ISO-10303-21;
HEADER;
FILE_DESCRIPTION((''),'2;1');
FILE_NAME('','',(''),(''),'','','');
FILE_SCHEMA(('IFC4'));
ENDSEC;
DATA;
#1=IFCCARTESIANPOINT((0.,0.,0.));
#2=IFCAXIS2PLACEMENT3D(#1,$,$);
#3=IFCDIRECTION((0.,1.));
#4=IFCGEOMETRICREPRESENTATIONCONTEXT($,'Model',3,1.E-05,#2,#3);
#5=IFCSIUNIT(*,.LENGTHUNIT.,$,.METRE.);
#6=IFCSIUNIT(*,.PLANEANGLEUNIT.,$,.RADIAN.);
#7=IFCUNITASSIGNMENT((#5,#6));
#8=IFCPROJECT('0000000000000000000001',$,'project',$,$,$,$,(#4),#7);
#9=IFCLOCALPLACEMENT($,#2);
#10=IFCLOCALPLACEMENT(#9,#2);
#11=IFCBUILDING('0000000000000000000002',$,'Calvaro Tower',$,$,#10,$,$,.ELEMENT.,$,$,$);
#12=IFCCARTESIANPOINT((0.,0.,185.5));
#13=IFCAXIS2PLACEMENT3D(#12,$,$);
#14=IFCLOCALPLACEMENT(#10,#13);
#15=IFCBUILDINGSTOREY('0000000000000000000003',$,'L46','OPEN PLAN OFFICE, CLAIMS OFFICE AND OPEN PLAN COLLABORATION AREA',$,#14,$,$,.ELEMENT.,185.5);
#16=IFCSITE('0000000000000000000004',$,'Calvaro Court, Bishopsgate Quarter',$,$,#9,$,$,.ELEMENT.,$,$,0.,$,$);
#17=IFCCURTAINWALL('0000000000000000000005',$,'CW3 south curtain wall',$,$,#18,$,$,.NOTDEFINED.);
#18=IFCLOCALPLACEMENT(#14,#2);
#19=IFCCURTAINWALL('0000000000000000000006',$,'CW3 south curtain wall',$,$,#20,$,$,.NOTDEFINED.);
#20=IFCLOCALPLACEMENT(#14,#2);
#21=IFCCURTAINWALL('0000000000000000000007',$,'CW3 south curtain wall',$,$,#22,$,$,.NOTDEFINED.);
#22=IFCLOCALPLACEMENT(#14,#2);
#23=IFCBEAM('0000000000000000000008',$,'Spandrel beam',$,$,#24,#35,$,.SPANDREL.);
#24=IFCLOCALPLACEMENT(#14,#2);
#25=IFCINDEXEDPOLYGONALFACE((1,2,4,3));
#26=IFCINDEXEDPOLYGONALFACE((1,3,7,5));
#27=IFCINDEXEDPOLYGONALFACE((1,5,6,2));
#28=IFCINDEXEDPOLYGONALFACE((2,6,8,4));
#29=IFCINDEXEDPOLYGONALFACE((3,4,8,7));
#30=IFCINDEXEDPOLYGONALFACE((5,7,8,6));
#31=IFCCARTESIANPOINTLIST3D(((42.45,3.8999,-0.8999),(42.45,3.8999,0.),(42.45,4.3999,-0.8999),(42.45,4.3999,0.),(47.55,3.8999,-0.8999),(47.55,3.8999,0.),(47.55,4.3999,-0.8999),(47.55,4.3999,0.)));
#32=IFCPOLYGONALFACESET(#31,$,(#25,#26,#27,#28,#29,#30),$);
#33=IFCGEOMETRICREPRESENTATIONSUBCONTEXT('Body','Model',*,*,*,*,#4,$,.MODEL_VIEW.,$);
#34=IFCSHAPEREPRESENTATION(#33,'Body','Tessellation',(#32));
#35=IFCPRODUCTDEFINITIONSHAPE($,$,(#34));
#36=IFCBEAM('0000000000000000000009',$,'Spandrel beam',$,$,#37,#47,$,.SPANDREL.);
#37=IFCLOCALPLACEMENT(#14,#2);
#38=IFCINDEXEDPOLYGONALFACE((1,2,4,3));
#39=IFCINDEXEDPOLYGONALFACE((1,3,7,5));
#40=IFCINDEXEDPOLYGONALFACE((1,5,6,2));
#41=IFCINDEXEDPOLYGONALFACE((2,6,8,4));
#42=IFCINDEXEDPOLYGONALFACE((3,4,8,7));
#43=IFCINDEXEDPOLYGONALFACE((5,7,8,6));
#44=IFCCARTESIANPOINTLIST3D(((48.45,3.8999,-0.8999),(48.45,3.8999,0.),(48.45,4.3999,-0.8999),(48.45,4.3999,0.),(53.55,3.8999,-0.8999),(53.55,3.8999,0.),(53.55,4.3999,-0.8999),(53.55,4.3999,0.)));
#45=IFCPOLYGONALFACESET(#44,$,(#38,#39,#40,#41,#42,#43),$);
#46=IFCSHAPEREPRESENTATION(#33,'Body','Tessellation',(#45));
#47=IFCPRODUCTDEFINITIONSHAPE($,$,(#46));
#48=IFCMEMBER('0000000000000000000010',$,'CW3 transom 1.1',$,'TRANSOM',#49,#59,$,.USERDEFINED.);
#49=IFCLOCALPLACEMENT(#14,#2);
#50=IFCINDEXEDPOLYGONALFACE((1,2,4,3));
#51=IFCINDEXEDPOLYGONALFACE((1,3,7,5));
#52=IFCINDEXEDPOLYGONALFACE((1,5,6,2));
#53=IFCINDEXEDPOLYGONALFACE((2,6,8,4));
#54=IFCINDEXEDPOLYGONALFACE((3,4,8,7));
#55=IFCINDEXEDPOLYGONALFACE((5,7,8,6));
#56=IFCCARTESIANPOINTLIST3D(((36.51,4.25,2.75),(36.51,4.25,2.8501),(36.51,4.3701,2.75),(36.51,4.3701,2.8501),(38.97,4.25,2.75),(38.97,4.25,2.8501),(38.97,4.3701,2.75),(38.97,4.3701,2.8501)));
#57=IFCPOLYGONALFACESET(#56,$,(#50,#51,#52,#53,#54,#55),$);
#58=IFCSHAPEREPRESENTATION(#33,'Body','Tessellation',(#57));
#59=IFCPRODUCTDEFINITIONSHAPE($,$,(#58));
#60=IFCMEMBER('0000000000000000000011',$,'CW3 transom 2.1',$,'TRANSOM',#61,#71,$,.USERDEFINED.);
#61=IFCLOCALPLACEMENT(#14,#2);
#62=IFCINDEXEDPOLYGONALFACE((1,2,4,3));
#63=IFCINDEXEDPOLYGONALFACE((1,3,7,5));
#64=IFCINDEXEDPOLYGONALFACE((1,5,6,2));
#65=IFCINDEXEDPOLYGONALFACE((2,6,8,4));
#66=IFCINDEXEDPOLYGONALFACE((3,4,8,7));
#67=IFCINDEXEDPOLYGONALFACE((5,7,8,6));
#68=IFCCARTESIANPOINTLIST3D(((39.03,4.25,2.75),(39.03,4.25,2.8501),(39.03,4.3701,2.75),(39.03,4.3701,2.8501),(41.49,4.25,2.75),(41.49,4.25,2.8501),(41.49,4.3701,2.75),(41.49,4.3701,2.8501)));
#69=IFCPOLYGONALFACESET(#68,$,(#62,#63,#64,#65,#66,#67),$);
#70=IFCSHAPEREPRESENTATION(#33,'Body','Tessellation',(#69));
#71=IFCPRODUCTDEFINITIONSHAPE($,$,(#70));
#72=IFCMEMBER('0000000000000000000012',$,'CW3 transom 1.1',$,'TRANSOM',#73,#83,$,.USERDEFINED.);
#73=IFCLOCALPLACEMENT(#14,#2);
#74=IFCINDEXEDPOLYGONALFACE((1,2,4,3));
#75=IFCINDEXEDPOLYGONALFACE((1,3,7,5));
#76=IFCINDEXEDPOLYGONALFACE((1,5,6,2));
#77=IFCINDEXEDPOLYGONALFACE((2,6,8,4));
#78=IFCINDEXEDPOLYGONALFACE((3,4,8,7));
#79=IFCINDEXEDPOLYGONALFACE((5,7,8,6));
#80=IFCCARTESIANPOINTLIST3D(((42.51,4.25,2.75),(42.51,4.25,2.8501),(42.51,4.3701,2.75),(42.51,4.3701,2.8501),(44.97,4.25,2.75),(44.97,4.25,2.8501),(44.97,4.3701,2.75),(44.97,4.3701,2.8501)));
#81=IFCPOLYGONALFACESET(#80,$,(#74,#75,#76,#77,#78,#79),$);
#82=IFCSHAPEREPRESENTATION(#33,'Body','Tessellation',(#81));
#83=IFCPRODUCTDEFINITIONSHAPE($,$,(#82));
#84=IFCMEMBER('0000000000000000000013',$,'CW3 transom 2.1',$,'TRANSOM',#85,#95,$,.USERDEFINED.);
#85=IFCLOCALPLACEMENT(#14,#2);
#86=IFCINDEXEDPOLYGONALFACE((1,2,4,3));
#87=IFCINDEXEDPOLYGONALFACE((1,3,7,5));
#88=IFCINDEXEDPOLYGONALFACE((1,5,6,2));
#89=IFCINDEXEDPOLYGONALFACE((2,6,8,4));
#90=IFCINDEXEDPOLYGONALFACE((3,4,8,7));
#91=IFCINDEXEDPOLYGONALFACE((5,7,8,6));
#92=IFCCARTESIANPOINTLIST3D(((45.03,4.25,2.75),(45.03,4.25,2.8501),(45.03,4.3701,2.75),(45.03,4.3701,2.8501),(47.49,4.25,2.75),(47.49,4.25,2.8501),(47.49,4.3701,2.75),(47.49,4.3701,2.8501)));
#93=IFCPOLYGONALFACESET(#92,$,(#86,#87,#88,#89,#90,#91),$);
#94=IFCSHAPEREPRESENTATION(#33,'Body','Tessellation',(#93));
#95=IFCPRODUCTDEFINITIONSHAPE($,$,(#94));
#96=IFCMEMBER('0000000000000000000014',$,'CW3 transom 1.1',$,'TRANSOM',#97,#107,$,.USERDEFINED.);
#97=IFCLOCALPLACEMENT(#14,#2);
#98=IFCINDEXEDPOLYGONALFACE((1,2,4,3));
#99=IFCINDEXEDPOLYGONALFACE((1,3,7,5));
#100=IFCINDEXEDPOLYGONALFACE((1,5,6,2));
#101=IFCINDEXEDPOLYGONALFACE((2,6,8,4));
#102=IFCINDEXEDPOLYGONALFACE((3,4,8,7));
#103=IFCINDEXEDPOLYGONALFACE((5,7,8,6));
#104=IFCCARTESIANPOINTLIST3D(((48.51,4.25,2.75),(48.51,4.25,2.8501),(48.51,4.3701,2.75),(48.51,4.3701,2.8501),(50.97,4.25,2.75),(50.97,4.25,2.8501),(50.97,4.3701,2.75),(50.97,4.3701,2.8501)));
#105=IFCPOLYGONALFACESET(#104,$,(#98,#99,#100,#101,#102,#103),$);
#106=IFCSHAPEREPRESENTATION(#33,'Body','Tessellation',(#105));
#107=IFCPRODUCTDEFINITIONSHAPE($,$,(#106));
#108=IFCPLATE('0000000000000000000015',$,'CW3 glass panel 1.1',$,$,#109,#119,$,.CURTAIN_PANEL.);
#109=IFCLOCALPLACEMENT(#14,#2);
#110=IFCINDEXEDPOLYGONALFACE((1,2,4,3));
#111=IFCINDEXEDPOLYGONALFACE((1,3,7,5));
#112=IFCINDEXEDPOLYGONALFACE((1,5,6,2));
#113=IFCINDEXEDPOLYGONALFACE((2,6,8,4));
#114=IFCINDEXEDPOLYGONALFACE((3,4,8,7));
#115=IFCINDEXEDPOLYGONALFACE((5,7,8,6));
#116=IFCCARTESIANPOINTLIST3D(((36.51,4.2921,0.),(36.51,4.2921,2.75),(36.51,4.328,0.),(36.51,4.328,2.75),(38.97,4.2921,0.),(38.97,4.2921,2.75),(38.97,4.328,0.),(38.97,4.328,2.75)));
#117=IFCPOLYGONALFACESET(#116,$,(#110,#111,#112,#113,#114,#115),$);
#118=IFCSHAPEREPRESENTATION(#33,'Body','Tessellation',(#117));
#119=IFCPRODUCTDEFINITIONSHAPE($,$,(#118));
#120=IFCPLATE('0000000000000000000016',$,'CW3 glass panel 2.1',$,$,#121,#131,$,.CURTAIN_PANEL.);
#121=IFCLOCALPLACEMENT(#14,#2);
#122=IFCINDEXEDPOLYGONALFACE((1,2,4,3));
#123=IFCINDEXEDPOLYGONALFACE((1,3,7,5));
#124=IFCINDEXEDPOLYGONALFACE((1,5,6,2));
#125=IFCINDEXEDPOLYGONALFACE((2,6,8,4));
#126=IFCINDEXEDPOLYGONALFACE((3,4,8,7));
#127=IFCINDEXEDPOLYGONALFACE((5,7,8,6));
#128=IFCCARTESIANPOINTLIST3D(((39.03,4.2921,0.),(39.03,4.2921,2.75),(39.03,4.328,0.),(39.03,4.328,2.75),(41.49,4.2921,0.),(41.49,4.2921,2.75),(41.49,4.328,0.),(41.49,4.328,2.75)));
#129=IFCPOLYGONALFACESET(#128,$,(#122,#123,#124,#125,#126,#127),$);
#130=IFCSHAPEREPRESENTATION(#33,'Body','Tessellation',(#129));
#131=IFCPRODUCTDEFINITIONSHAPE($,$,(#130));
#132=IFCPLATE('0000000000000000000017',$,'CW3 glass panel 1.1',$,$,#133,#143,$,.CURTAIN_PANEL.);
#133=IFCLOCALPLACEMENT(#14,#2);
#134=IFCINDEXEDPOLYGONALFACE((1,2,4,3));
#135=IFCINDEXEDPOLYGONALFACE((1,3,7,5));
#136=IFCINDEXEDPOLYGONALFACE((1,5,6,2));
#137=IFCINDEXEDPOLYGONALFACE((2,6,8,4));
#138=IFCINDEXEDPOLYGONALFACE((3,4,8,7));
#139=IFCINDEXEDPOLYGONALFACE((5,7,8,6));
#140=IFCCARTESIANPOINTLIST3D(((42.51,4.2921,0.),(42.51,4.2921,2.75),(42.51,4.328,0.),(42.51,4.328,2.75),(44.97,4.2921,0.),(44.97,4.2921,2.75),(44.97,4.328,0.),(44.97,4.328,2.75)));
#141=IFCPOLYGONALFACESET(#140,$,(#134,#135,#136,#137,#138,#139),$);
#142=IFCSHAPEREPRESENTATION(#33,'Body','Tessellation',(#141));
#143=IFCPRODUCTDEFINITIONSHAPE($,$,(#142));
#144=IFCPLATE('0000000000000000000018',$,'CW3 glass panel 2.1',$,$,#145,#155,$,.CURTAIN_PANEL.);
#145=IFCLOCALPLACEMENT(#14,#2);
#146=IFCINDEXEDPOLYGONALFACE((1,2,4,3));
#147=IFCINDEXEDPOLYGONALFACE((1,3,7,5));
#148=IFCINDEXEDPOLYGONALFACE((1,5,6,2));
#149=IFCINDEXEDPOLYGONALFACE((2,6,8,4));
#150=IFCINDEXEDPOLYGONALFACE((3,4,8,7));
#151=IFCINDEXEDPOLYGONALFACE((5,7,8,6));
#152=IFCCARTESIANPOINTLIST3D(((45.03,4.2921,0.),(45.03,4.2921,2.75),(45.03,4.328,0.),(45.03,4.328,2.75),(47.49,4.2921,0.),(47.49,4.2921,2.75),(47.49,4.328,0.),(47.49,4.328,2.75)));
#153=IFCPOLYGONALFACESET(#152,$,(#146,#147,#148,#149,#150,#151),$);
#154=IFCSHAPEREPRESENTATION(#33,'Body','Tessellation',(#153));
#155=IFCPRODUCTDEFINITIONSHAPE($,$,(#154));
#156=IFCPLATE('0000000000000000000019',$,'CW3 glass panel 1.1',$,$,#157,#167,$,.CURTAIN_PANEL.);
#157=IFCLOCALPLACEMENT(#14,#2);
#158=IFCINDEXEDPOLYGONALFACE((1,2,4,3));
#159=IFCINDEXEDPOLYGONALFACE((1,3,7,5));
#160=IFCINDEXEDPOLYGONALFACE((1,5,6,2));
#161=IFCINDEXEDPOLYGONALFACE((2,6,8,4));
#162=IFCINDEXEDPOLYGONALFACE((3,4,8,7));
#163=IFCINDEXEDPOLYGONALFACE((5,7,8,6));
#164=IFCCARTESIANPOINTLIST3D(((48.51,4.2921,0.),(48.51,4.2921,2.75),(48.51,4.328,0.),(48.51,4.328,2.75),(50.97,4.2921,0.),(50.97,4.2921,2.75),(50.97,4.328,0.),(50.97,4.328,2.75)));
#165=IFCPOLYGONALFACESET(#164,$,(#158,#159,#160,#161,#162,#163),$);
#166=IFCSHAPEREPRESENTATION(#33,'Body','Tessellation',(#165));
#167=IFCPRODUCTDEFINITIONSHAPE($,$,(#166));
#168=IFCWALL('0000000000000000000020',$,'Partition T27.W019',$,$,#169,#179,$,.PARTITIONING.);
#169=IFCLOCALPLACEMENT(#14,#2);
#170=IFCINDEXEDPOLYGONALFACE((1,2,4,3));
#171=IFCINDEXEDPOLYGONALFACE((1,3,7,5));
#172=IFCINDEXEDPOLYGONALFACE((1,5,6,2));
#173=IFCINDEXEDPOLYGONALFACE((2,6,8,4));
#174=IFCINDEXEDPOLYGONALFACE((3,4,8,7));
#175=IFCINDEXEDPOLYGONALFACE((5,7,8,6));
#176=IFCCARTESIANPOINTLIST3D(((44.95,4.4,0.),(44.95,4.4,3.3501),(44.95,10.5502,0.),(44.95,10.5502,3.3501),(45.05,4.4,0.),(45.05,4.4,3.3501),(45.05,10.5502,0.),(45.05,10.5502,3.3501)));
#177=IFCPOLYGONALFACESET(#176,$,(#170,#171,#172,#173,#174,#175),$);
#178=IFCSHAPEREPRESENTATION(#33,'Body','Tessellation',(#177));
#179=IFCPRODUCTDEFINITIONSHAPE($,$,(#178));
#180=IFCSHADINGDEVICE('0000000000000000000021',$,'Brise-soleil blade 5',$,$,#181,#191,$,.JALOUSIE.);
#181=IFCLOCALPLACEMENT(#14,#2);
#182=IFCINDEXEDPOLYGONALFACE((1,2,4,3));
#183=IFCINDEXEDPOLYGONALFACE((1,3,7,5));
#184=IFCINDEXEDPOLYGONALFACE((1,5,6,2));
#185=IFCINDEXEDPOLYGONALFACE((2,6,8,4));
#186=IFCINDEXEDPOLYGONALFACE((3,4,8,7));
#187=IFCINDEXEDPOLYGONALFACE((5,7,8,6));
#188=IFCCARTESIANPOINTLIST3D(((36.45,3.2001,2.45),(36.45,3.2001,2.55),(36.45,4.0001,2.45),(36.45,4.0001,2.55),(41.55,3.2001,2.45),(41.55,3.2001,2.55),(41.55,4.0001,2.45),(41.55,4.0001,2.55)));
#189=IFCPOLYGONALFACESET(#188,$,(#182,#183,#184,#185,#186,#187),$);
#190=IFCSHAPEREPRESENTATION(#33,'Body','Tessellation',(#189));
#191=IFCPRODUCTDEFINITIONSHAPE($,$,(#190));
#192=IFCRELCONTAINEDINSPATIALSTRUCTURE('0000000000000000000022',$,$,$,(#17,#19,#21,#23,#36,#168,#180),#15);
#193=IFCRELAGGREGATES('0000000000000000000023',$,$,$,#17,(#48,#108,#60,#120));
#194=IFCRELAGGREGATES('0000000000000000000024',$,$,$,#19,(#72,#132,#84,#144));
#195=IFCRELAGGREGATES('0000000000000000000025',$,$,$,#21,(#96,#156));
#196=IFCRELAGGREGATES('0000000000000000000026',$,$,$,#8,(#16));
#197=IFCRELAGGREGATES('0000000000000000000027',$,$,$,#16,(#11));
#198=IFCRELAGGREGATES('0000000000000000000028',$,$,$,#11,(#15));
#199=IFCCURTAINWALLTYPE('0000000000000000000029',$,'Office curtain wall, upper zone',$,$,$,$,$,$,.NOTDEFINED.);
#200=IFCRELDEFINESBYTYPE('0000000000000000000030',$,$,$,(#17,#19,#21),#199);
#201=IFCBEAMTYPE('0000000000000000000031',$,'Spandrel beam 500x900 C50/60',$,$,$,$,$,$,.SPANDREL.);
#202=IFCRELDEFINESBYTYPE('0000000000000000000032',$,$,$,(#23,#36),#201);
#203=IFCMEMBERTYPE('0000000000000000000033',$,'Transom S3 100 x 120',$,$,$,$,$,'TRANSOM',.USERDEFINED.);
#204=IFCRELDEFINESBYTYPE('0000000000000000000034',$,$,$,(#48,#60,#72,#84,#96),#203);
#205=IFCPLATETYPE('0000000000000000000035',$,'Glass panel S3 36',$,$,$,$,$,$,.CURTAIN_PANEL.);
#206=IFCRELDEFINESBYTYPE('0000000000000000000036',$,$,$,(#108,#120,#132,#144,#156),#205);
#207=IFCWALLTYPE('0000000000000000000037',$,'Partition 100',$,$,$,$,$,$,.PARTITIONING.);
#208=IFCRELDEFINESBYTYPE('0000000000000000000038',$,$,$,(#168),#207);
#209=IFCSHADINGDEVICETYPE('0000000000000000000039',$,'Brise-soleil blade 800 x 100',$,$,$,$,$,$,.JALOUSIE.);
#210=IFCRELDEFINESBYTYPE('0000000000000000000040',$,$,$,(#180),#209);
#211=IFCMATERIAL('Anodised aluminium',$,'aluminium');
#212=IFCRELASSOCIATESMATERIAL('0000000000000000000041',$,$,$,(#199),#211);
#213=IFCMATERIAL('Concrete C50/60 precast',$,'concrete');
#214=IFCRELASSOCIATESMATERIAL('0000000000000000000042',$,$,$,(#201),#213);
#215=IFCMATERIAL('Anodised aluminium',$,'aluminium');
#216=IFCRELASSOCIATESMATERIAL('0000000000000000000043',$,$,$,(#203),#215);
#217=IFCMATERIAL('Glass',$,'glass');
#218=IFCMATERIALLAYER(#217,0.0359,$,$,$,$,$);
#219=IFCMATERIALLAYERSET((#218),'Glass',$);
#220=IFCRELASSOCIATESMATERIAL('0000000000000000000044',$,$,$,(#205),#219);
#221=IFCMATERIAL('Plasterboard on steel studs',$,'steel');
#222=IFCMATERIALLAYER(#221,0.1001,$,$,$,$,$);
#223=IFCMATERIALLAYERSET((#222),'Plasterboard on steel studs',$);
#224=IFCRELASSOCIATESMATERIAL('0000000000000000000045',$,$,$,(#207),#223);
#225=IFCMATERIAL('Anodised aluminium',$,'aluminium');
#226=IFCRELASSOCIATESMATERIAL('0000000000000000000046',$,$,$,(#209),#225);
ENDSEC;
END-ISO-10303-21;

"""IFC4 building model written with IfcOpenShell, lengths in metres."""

from ifc_helpers import new_model, si_unit, direction, frame, frame_2d, origin, origin_2d, place, context, subcontext, project, spatial, rectangle, extrude, material, layer, layer_set, material_profile, profile_set, type_object, element, aggregate, save


model = new_model("IFC4")

# Units and contexts
model_context = context("Model", 3, precision=1e-05, world=origin(), true_north=direction((0.0, 1.0)))
body_context = subcontext(model_context, "Body", "Model", "MODEL_VIEW")
ifc_project = project(units=[si_unit("LENGTHUNIT", "METRE"), si_unit("PLANEANGLEUNIT", "RADIAN")], contexts=[model_context])

# Site, building, storey
site_placement = place(None, origin())
site = spatial("IfcSite", under=ifc_project, at=site_placement, Name="Calvaro Court, Bishopsgate Quarter", CompositionType="ELEMENT", RefElevation=0.0)
building_placement = place(site_placement, origin())
building = spatial("IfcBuilding", under=site, at=building_placement, Name="Calvaro Tower", CompositionType="ELEMENT")
storey_placement = place(building_placement, frame((0.0, 0.0, 185.5)))
storey = spatial("IfcBuildingStorey", under=building, at=storey_placement, Name="L46", Description="OPEN PLAN OFFICE, CLAIMS OFFICE AND OPEN PLAN COLLABORATION AREA", CompositionType="ELEMENT", Elevation=185.5)

# Shared definitions
ifc_material_1 = material(Name="Anodised aluminium", Category="aluminium")
curtain_wall_type = type_object("IfcCurtainWallType", Name="Office curtain wall, upper zone", PredefinedType="NOTDEFINED", material=ifc_material_1)

# Curtain walls
curtain_wall_1_placement = place(storey_placement, origin())
curtain_wall_1 = element("IfcCurtainWall", 1, at=curtain_wall_1_placement, inside=storey, type_object=curtain_wall_type, Name="CW3 south curtain wall", PredefinedType="NOTDEFINED")
curtain_wall_2_placement = place(storey_placement, origin())
curtain_wall_2 = element("IfcCurtainWall", 2, at=curtain_wall_2_placement, inside=storey, type_object=curtain_wall_type, Name="CW3 south curtain wall", PredefinedType="NOTDEFINED")
curtain_wall_3_placement = place(storey_placement, origin())
curtain_wall_3 = element("IfcCurtainWall", 3, at=curtain_wall_3_placement, inside=storey, type_object=curtain_wall_type, Name="CW3 south curtain wall", PredefinedType="NOTDEFINED")

# Beams
ifc_material_2 = material(Name="Concrete C50/60 precast", Category="concrete")
ifc_material_profile_1 = material_profile(ifc_material_2, rectangle(XDim=0.5, YDim=0.8999, at=origin_2d()), Name="RC 500x900")
ifc_profile_set_1 = profile_set([ifc_material_profile_1], Name="Concrete C50/60 precast")
beam_type = type_object("IfcBeamType", Name="Spandrel beam 500x900 C50/60", PredefinedType="SPANDREL", material=ifc_profile_set_1)
for number, where, z_axis, x_axis, name in (
    (4, (42.45, 4.1499, -0.45), (1.0, 0.0, 0.0), (0.0, 1.0, 0.0), "Spandrel beam"),
    (5, (48.45, 4.1499, -0.45), (1.0, 0.0, 0.0), (0.0, 1.0, 0.0), "Spandrel beam"),
):
    element("IfcBeam", number, at=place(storey_placement, frame(where, z_axis=z_axis, x_axis=x_axis)), inside=storey, type_object=beam_type, Name=name, PredefinedType="SPANDREL", context=body_context, shape_type="SweptSolid", body=[
        extrude(rectangle(XDim=0.5, YDim=0.8999, at=origin_2d()), origin(), (0.0, 0.0, 1.0), 5.1001),
    ])

# Members
ifc_material_3 = material(Name="Anodised aluminium", Category="aluminium")
ifc_material_profile_2 = material_profile(ifc_material_3, rectangle(XDim=0.1201, YDim=0.1001, at=origin_2d()), Name="Transom S3 100 x 120")
ifc_profile_set_2 = profile_set([ifc_material_profile_2], Name="Anodised aluminium")
member_type_1 = type_object("IfcMemberType", Name="Transom S3 100 x 120", ElementType="TRANSOM", PredefinedType="USERDEFINED", material=ifc_profile_set_2)
member_1_placement = place(storey_placement, frame((36.51, 4.3101, 2.8), z_axis=(1.0, 0.0, 0.0), x_axis=(0.0, 1.0, 0.0)))
member_1 = element("IfcMember", 6, at=member_1_placement, type_object=member_type_1, Name="CW3 transom 1.1", ObjectType="TRANSOM", PredefinedType="USERDEFINED", context=body_context, shape_type="SweptSolid", body=[
    extrude(rectangle(XDim=0.1201, YDim=0.1001, at=origin_2d()), origin(), (0.0, 0.0, 1.0), 2.46),
])
member_2_placement = place(storey_placement, frame((39.03, 4.3101, 2.8), z_axis=(1.0, 0.0, 0.0), x_axis=(0.0, 1.0, 0.0)))
member_2 = element("IfcMember", 7, at=member_2_placement, type_object=member_type_1, Name="CW3 transom 2.1", ObjectType="TRANSOM", PredefinedType="USERDEFINED", context=body_context, shape_type="SweptSolid", body=[
    extrude(rectangle(XDim=0.1201, YDim=0.1001, at=origin_2d()), origin(), (0.0, 0.0, 1.0), 2.46),
])
member_3_placement = place(storey_placement, frame((42.51, 4.3101, 2.8), z_axis=(1.0, 0.0, 0.0), x_axis=(0.0, 1.0, 0.0)))
member_3 = element("IfcMember", 8, at=member_3_placement, type_object=member_type_1, Name="CW3 transom 1.1", ObjectType="TRANSOM", PredefinedType="USERDEFINED", context=body_context, shape_type="SweptSolid", body=[
    extrude(rectangle(XDim=0.1201, YDim=0.1001, at=origin_2d()), origin(), (0.0, 0.0, 1.0), 2.46),
])
member_4_placement = place(storey_placement, frame((45.03, 4.3101, 2.8), z_axis=(1.0, 0.0, 0.0), x_axis=(0.0, 1.0, 0.0)))
member_4 = element("IfcMember", 9, at=member_4_placement, type_object=member_type_1, Name="CW3 transom 2.1", ObjectType="TRANSOM", PredefinedType="USERDEFINED", context=body_context, shape_type="SweptSolid", body=[
    extrude(rectangle(XDim=0.1201, YDim=0.1001, at=origin_2d()), origin(), (0.0, 0.0, 1.0), 2.46),
])
member_5_placement = place(storey_placement, frame((48.51, 4.3101, 2.8), z_axis=(1.0, 0.0, 0.0), x_axis=(0.0, 1.0, 0.0)))
member_5 = element("IfcMember", 10, at=member_5_placement, type_object=member_type_1, Name="CW3 transom 1.1", ObjectType="TRANSOM", PredefinedType="USERDEFINED", context=body_context, shape_type="SweptSolid", body=[
    extrude(rectangle(XDim=0.1201, YDim=0.1001, at=origin_2d()), origin(), (0.0, 0.0, 1.0), 2.46),
])

# Plates
ifc_material_4 = material(Name="Glass", Category="glass")
ifc_layer_1 = layer(ifc_material_4, 0.0359)
ifc_layer_set_1 = layer_set([ifc_layer_1], Name="Glass")
plate_type = type_object("IfcPlateType", Name="Glass panel S3 36", PredefinedType="CURTAIN_PANEL", material=ifc_layer_set_1)
plate_1_placement = place(storey_placement, frame((37.74, 4.3101, 0.0), z_axis=(0.0, 0.0, 1.0), x_axis=(1.0, 0.0, 0.0)))
plate_1 = element("IfcPlate", 11, at=plate_1_placement, type_object=plate_type, Name="CW3 glass panel 1.1", PredefinedType="CURTAIN_PANEL", context=body_context, shape_type="SweptSolid", body=[
    extrude(rectangle(XDim=2.46, YDim=0.0359, at=origin_2d()), origin(), (0.0, 0.0, 1.0), 2.75),
])
plate_2_placement = place(storey_placement, frame((40.26, 4.3101, 0.0), z_axis=(0.0, 0.0, 1.0), x_axis=(1.0, 0.0, 0.0)))
plate_2 = element("IfcPlate", 12, at=plate_2_placement, type_object=plate_type, Name="CW3 glass panel 2.1", PredefinedType="CURTAIN_PANEL", context=body_context, shape_type="SweptSolid", body=[
    extrude(rectangle(XDim=2.46, YDim=0.0359, at=origin_2d()), origin(), (0.0, 0.0, 1.0), 2.75),
])
aggregate(curtain_wall_1, [member_1, plate_1, member_2, plate_2])
plate_3_placement = place(storey_placement, frame((43.74, 4.3101, 0.0), z_axis=(0.0, 0.0, 1.0), x_axis=(1.0, 0.0, 0.0)))
plate_3 = element("IfcPlate", 13, at=plate_3_placement, type_object=plate_type, Name="CW3 glass panel 1.1", PredefinedType="CURTAIN_PANEL", context=body_context, shape_type="SweptSolid", body=[
    extrude(rectangle(XDim=2.46, YDim=0.0359, at=origin_2d()), origin(), (0.0, 0.0, 1.0), 2.75),
])
plate_4_placement = place(storey_placement, frame((46.26, 4.3101, 0.0), z_axis=(0.0, 0.0, 1.0), x_axis=(1.0, 0.0, 0.0)))
plate_4 = element("IfcPlate", 14, at=plate_4_placement, type_object=plate_type, Name="CW3 glass panel 2.1", PredefinedType="CURTAIN_PANEL", context=body_context, shape_type="SweptSolid", body=[
    extrude(rectangle(XDim=2.46, YDim=0.0359, at=origin_2d()), origin(), (0.0, 0.0, 1.0), 2.75),
])
aggregate(curtain_wall_2, [member_3, plate_3, member_4, plate_4])
plate_5_placement = place(storey_placement, frame((49.74, 4.3101, 0.0), z_axis=(0.0, 0.0, 1.0), x_axis=(1.0, 0.0, 0.0)))
plate_5 = element("IfcPlate", 15, at=plate_5_placement, type_object=plate_type, Name="CW3 glass panel 1.1", PredefinedType="CURTAIN_PANEL", context=body_context, shape_type="SweptSolid", body=[
    extrude(rectangle(XDim=2.46, YDim=0.0359, at=origin_2d()), origin(), (0.0, 0.0, 1.0), 2.75),
])
aggregate(curtain_wall_3, [member_5, plate_5])

# Wall
ifc_material_5 = material(Name="Plasterboard on steel studs", Category="steel")
ifc_layer_2 = layer(ifc_material_5, 0.1001)
ifc_layer_set_2 = layer_set([ifc_layer_2], Name="Plasterboard on steel studs")
wall_type = type_object("IfcWallType", Name="Partition 100", PredefinedType="PARTITIONING", material=ifc_layer_set_2)
wall_placement = place(storey_placement, frame((45.0, 4.3999, 0.0), z_axis=(0.0, 0.0, 1.0), x_axis=(0.0, 1.0, 0.0)))
element("IfcWall", 16, at=wall_placement, inside=storey, type_object=wall_type, Name="Partition T27.W019", PredefinedType="PARTITIONING", context=body_context, shape_type="SweptSolid", body=[
    extrude(rectangle(XDim=6.1501, YDim=0.1001, at=frame_2d((3.0752, 0.0))), origin(), (0.0, 0.0, 1.0), 3.3501),
])

# Shading device
ifc_material_6 = material(Name="Anodised aluminium", Category="aluminium")
ifc_material_profile_3 = material_profile(ifc_material_6, rectangle(XDim=0.8, YDim=0.1001, at=origin_2d()), Name="Brise-soleil blade 800 x 100")
ifc_profile_set_3 = profile_set([ifc_material_profile_3], Name="Anodised aluminium")
shading_device_type = type_object("IfcShadingDeviceType", Name="Brise-soleil blade 800 x 100", PredefinedType="JALOUSIE", material=ifc_profile_set_3)
for number, where, z_axis, x_axis, name in (
    (17, (36.45, 3.6001, 2.5), (1.0, 0.0, 0.0), (0.0, 1.0, 0.0), "Brise-soleil blade 5"),
):
    element("IfcShadingDevice", number, at=place(storey_placement, frame(where, z_axis=z_axis, x_axis=x_axis)), inside=storey, type_object=shading_device_type, Name=name, PredefinedType="JALOUSIE", context=body_context, shape_type="SweptSolid", body=[
        extrude(rectangle(XDim=0.8, YDim=0.1001, at=origin_2d()), origin(), (0.0, 0.0, 1.0), 5.1001),
    ])

save(model, "model.ifc")
